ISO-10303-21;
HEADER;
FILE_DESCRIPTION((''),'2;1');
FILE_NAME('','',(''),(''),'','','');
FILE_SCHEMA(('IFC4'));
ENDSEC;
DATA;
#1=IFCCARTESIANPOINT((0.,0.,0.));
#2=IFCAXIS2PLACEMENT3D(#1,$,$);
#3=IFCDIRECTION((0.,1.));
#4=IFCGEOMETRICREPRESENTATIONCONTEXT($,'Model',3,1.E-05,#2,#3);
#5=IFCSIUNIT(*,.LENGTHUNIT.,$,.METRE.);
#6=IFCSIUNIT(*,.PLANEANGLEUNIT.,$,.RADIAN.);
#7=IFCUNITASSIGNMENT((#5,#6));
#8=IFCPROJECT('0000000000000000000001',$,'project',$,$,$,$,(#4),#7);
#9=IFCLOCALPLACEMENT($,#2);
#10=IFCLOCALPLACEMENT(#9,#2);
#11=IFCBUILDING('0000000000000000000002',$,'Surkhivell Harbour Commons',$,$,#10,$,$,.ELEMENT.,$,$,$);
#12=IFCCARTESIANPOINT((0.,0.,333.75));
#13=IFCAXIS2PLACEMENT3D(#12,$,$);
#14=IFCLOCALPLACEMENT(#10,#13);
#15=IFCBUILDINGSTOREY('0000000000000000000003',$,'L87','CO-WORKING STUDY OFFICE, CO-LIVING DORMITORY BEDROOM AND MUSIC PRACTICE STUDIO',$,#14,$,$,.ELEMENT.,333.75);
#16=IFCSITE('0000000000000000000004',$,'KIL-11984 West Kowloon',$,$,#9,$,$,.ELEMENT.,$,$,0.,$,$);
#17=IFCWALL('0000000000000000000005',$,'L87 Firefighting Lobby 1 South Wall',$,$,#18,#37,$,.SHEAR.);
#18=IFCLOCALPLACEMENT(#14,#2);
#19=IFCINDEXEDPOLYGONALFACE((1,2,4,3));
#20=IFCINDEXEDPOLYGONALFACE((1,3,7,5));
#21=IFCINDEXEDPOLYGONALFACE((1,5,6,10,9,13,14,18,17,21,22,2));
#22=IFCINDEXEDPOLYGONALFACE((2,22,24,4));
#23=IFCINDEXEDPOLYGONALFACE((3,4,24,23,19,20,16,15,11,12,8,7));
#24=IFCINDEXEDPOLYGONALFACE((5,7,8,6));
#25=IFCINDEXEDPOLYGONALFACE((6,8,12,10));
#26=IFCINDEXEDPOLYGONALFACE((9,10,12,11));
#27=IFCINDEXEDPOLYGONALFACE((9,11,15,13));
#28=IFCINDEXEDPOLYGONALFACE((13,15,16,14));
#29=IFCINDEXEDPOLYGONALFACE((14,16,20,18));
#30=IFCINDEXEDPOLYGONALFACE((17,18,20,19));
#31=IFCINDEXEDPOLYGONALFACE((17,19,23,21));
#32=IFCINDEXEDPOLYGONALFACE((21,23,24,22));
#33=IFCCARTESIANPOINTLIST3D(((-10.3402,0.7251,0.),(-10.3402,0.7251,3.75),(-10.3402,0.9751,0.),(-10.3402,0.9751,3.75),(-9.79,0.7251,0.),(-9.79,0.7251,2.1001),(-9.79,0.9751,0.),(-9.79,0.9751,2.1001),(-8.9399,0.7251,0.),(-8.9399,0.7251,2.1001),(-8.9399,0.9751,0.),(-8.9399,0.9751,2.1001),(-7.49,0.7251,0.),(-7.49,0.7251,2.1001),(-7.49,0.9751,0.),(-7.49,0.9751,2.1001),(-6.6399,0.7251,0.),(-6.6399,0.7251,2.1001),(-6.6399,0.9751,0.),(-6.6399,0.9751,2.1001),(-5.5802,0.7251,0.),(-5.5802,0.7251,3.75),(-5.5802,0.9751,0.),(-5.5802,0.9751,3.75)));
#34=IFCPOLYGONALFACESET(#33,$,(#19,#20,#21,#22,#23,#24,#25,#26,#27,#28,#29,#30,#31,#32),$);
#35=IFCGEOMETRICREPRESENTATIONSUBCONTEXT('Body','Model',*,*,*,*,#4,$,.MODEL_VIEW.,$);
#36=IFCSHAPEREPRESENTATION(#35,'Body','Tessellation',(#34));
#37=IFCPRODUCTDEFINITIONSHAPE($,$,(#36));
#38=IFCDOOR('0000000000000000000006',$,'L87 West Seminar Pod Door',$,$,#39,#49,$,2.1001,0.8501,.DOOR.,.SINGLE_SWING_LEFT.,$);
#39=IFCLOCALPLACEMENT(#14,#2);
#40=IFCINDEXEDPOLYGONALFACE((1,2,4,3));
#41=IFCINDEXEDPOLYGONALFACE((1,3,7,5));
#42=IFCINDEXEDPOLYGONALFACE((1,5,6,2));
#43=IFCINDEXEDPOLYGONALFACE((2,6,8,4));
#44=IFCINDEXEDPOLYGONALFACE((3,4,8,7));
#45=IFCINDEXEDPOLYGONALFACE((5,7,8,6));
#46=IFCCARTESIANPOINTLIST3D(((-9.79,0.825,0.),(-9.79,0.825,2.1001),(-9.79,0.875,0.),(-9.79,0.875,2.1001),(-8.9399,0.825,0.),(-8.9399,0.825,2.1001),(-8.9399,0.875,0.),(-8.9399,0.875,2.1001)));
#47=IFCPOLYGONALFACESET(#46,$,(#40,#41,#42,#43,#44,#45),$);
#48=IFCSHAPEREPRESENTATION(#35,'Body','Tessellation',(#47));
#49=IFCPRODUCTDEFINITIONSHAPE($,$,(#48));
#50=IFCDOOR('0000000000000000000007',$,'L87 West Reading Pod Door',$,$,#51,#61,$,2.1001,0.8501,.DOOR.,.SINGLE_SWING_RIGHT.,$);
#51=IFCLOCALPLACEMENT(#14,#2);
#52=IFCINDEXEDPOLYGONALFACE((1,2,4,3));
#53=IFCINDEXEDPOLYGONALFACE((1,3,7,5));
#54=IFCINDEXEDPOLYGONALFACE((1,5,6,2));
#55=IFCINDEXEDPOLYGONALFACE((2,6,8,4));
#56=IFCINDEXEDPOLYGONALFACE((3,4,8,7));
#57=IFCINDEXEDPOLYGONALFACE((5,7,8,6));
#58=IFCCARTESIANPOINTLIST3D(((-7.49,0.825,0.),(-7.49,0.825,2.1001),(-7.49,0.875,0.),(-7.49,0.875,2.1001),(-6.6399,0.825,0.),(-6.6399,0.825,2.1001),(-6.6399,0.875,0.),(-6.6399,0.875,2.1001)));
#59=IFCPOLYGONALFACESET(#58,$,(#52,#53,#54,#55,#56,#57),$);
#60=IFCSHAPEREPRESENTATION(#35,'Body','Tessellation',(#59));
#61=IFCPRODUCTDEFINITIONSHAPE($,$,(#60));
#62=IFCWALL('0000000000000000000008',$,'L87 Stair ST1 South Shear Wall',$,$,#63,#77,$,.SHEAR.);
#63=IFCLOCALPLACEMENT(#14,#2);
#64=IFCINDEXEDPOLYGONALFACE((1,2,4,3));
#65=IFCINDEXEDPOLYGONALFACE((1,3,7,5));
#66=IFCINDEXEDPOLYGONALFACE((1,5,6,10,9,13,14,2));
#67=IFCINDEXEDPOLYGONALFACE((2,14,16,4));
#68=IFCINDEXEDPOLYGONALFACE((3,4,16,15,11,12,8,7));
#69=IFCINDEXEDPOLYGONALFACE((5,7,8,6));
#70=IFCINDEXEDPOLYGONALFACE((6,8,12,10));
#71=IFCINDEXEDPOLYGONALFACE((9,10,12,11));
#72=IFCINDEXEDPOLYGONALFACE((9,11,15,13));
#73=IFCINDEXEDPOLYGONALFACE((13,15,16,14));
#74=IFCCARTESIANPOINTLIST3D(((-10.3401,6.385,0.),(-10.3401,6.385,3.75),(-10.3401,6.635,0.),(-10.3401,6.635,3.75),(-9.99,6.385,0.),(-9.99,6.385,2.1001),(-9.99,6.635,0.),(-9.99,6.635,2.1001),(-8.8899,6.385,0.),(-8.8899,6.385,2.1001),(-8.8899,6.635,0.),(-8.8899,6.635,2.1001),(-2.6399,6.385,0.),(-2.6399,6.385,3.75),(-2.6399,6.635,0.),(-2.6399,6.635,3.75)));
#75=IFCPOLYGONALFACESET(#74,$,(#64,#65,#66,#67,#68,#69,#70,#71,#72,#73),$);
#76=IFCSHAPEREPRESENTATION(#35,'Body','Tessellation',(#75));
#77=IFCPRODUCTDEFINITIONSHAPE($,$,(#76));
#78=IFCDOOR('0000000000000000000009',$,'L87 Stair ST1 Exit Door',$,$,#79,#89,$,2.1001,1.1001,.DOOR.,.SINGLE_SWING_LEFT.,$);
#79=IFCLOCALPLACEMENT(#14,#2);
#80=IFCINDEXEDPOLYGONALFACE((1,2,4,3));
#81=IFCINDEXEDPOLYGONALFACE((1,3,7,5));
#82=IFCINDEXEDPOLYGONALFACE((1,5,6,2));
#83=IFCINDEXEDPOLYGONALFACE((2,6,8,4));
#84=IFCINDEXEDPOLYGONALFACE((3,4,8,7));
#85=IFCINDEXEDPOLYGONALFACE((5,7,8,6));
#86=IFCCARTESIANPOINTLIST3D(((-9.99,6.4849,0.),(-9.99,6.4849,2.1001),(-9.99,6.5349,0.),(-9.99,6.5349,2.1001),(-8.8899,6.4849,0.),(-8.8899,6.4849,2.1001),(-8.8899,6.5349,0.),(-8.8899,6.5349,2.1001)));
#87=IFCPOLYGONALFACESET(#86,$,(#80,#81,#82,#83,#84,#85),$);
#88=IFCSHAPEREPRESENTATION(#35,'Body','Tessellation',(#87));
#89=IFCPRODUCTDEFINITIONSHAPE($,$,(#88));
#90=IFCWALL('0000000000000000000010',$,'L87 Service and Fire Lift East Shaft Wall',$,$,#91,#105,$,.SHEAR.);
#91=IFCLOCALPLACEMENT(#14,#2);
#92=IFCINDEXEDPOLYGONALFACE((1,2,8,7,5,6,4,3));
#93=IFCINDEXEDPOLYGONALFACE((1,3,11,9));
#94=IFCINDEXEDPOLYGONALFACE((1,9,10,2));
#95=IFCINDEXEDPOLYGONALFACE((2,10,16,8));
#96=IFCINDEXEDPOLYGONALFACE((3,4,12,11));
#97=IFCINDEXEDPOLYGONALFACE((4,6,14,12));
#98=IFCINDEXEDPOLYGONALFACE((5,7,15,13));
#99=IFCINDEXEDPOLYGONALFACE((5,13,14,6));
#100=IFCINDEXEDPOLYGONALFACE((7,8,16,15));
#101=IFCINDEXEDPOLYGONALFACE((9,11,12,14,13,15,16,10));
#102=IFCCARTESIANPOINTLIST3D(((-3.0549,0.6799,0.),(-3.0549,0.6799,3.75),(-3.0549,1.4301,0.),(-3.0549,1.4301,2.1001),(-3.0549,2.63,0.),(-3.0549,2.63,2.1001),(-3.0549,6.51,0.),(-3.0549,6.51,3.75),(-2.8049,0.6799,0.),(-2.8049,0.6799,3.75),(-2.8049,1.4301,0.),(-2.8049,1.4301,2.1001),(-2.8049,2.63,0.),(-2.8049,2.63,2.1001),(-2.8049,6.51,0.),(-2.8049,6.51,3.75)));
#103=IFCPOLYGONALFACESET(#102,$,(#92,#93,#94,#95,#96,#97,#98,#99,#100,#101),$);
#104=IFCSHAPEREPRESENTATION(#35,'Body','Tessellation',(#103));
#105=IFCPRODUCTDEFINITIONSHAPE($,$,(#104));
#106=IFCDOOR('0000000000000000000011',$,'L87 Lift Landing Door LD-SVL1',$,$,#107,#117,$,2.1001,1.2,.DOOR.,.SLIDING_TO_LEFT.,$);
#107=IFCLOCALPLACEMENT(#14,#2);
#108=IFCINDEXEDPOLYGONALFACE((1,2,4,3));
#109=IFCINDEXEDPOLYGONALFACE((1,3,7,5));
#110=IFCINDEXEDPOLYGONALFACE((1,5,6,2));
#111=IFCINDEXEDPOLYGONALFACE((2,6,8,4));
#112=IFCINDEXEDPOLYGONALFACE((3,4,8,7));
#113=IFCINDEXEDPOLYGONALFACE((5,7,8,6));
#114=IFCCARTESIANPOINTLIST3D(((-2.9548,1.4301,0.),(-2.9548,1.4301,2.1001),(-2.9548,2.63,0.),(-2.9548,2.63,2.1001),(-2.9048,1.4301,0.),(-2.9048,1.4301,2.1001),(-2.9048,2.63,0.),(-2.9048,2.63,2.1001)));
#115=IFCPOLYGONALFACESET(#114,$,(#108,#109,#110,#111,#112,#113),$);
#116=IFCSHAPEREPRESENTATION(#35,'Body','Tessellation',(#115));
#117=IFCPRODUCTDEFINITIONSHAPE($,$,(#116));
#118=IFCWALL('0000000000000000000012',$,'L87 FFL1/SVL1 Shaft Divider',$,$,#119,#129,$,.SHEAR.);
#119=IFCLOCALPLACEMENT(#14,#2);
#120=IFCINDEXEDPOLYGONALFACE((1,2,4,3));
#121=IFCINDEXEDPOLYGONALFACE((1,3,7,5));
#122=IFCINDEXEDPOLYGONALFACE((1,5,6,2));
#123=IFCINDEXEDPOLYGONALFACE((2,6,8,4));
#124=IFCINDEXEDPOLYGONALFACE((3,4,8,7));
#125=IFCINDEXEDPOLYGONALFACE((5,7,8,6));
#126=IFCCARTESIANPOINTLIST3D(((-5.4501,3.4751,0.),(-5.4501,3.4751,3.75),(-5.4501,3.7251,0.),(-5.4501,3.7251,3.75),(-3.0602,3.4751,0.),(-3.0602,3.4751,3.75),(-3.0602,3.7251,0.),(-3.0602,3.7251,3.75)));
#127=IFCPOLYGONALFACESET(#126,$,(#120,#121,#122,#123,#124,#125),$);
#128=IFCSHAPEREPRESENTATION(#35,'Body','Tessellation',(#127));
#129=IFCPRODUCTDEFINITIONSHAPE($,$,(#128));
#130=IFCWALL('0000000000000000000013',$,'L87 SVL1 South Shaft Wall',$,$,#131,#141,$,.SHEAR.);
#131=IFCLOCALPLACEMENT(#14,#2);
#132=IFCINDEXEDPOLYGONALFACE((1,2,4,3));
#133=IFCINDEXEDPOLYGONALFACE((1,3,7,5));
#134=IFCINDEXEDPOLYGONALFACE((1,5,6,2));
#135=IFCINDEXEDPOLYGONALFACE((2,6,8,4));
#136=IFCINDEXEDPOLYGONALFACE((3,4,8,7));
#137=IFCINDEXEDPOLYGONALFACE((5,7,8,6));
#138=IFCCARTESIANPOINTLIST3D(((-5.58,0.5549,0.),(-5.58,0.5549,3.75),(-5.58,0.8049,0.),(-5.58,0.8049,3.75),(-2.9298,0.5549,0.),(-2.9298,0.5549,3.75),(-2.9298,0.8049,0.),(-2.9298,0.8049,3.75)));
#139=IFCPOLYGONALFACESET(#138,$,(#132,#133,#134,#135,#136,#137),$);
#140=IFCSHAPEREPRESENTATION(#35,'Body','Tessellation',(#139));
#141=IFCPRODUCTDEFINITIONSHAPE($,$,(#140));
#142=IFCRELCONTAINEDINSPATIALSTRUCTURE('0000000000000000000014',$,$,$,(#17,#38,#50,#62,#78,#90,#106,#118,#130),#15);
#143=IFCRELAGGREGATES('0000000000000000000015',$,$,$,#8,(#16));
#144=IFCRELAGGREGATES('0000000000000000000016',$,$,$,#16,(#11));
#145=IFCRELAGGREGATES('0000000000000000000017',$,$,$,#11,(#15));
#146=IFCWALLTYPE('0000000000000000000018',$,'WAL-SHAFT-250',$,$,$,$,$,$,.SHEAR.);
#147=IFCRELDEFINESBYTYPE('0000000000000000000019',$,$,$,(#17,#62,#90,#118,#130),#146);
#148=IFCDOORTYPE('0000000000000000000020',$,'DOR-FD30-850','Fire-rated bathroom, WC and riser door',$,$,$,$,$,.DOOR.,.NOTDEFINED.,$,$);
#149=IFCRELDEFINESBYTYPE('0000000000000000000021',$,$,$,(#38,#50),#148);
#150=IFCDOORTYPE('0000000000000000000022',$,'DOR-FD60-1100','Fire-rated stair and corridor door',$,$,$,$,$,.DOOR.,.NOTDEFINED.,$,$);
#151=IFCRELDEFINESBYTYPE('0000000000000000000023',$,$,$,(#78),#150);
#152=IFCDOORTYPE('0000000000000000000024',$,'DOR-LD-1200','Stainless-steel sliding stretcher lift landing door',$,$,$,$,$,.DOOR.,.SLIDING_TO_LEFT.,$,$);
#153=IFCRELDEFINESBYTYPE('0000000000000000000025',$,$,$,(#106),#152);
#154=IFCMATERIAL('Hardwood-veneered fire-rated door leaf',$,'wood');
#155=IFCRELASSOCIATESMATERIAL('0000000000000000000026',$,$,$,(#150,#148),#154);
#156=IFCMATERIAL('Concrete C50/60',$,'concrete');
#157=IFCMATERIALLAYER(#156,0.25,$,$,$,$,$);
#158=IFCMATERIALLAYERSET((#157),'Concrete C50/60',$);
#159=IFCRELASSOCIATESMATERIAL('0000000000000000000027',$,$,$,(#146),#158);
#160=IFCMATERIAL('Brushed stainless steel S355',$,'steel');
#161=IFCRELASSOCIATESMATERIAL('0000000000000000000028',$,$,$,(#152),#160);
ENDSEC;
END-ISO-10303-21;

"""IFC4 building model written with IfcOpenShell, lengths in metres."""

from ifc_helpers import new_model, si_unit, direction, frame, frame_2d, origin, place, context, subcontext, project, spatial, rectangle, extrude, material, layer, layer_set, type_object, element, fill, save


model = new_model("IFC4")

# Units and contexts
model_context = context("Model", 3, precision=1e-05, world=origin(), true_north=direction((0.0, 1.0)))
body_context = subcontext(model_context, "Body", "Model", "MODEL_VIEW")
ifc_project = project(units=[si_unit("LENGTHUNIT", "METRE"), si_unit("PLANEANGLEUNIT", "RADIAN")], contexts=[model_context])

# Site, building, storey
site_placement = place(None, origin())
site = spatial("IfcSite", under=ifc_project, at=site_placement, Name="KIL-11984 West Kowloon", CompositionType="ELEMENT", RefElevation=0.0)
building_placement = place(site_placement, origin())
building = spatial("IfcBuilding", under=site, at=building_placement, Name="Surkhivell Harbour Commons", CompositionType="ELEMENT")
storey_placement = place(building_placement, frame((0.0, 0.0, 333.75)))
storey = spatial("IfcBuildingStorey", under=building, at=storey_placement, Name="L87", Description="CO-WORKING STUDY OFFICE, CO-LIVING DORMITORY BEDROOM AND MUSIC PRACTICE STUDIO", CompositionType="ELEMENT", Elevation=333.75)

# Shared definitions
ifc_material_1 = material(Name="Concrete C50/60", Category="concrete")

# Shared definitions
ifc_material_2 = material(Name="Hardwood-veneered fire-rated door leaf", Category="wood")
door_type_1 = type_object("IfcDoorType", Name="DOR-FD60-1100", Description="Fire-rated stair and corridor door", OperationType="NOTDEFINED", PredefinedType="DOOR", material=ifc_material_2)

# Shared definitions
ifc_layer_1 = layer(ifc_material_1, 0.25)
ifc_layer_set_1 = layer_set([ifc_layer_1], Name="Concrete C50/60")
wall_type_1 = type_object("IfcWallType", Name="WAL-SHAFT-250", PredefinedType="SHEAR", material=ifc_layer_set_1)
ifc_material_3 = material(Name="Brushed stainless steel S355", Category="steel")

# Wall, openings, doors
wall_1_placement = place(storey_placement, frame((-10.3401, 0.8501, 0.0), z_axis=(0.0, 0.0, 1.0), x_axis=(1.0, 0.0, 0.0)))
wall_1 = element("IfcWall", 1, at=wall_1_placement, inside=storey, type_object=wall_type_1, Name="L87 Firefighting Lobby 1 South Wall", PredefinedType="SHEAR", context=body_context, shape_type="SweptSolid", body=[
    extrude(rectangle(XDim=4.76, YDim=0.25, at=frame_2d((2.3799, 0.0))), origin(), (0.0, 0.0, 1.0), 3.75),
])
opening_1_placement = place(wall_1_placement, frame((0.55, 0.0, 0.0)))
opening_1 = element("IfcOpeningElement", 2, at=opening_1_placement, cuts=wall_1, PredefinedType="OPENING", context=body_context, shape_type="SweptSolid", body=[
    extrude(rectangle(XDim=0.8501, YDim=2.1001, at=frame_2d((0.425, 1.05))), frame((0.0, 0.135, 0.0), z_axis=(0.0, -1.0, 0.0), x_axis=(1.0, 0.0, 0.0)), (0.0, 0.0, 1.0), 0.27),
])
opening_2_placement = place(wall_1_placement, frame((2.8501, 0.0, 0.0)))
opening_2 = element("IfcOpeningElement", 3, at=opening_2_placement, cuts=wall_1, PredefinedType="OPENING", context=body_context, shape_type="SweptSolid", body=[
    extrude(rectangle(XDim=0.8501, YDim=2.1001, at=frame_2d((0.425, 1.05))), frame((0.0, 0.135, 0.0), z_axis=(0.0, -1.0, 0.0), x_axis=(1.0, 0.0, 0.0)), (0.0, 0.0, 1.0), 0.27),
])
door_type_2 = type_object("IfcDoorType", Name="DOR-FD30-850", Description="Fire-rated bathroom, WC and riser door", OperationType="NOTDEFINED", PredefinedType="DOOR", material=ifc_material_2)
door_1_placement = place(opening_1_placement, origin())
door_1 = element("IfcDoor", 4, at=door_1_placement, inside=storey, type_object=door_type_2, Name="L87 West Seminar Pod Door", OperationType="SINGLE_SWING_LEFT", OverallHeight=2.1001, OverallWidth=0.8501, PredefinedType="DOOR", context=body_context, shape_type="SweptSolid", body=[
    extrude(rectangle(XDim=0.8501, YDim=2.1001, at=frame_2d((0.425, 1.05))), frame((0.0, 0.0249, 0.0), z_axis=(0.0, -1.0, 0.0), x_axis=(1.0, 0.0, 0.0)), (0.0, 0.0, 1.0), 0.05),
])
fill(opening_1, door_1)
door_2_placement = place(opening_2_placement, origin())
door_2 = element("IfcDoor", 5, at=door_2_placement, inside=storey, type_object=door_type_2, Name="L87 West Reading Pod Door", OperationType="SINGLE_SWING_RIGHT", OverallHeight=2.1001, OverallWidth=0.8501, PredefinedType="DOOR", context=body_context, shape_type="SweptSolid", body=[
    extrude(rectangle(XDim=0.8501, YDim=2.1001, at=frame_2d((0.425, 1.05))), frame((0.0, 0.0249, 0.0), z_axis=(0.0, -1.0, 0.0), x_axis=(1.0, 0.0, 0.0)), (0.0, 0.0, 1.0), 0.05),
])
fill(opening_2, door_2)

# Walls, openings, doors
wall_2_placement = place(storey_placement, frame((-10.3401, 6.51, 0.0), z_axis=(0.0, 0.0, 1.0), x_axis=(1.0, 0.0, 0.0)))
wall_2 = element("IfcWall", 6, at=wall_2_placement, inside=storey, type_object=wall_type_1, Name="L87 Stair ST1 South Shear Wall", PredefinedType="SHEAR", context=body_context, shape_type="SweptSolid", body=[
    extrude(rectangle(XDim=7.7002, YDim=0.25, at=frame_2d((3.8501, 0.0))), origin(), (0.0, 0.0, 1.0), 3.75),
])
opening_3_placement = place(wall_2_placement, frame((0.3501, 0.0, 0.0)))
opening_3 = element("IfcOpeningElement", 7, at=opening_3_placement, cuts=wall_2, PredefinedType="OPENING", context=body_context, shape_type="SweptSolid", body=[
    extrude(rectangle(XDim=1.1001, YDim=2.1001, at=frame_2d((0.55, 1.05))), frame((0.0, 0.135, 0.0), z_axis=(0.0, -1.0, 0.0), x_axis=(1.0, 0.0, 0.0)), (0.0, 0.0, 1.0), 0.27),
])
door_3_placement = place(opening_3_placement, origin())
door_3 = element("IfcDoor", 8, at=door_3_placement, inside=storey, type_object=door_type_1, Name="L87 Stair ST1 Exit Door", OperationType="SINGLE_SWING_LEFT", OverallHeight=2.1001, OverallWidth=1.1001, PredefinedType="DOOR", context=body_context, shape_type="SweptSolid", body=[
    extrude(rectangle(XDim=1.1001, YDim=2.1001, at=frame_2d((0.55, 1.05))), frame((0.0, 0.0249, 0.0), z_axis=(0.0, -1.0, 0.0), x_axis=(1.0, 0.0, 0.0)), (0.0, 0.0, 1.0), 0.05),
])
fill(opening_3, door_3)
wall_3_placement = place(storey_placement, frame((-2.9299, 0.6799, 0.0), z_axis=(0.0, 0.0, 1.0), x_axis=(0.0, 1.0, 0.0)))
wall_3 = element("IfcWall", 9, at=wall_3_placement, inside=storey, type_object=wall_type_1, Name="L87 Service and Fire Lift East Shaft Wall", PredefinedType="SHEAR", context=body_context, shape_type="SweptSolid", body=[
    extrude(rectangle(XDim=5.8301, YDim=0.25, at=frame_2d((2.915, 0.0))), origin(), (0.0, 0.0, 1.0), 3.75),
])
opening_4_placement = place(wall_3_placement, frame((0.75, 0.0, 0.0)))
opening_4 = element("IfcOpeningElement", 10, at=opening_4_placement, cuts=wall_3, PredefinedType="OPENING", context=body_context, shape_type="SweptSolid", body=[
    extrude(rectangle(XDim=1.2, YDim=2.1001, at=frame_2d((0.6001, 1.05))), frame((0.0, 0.135, 0.0), z_axis=(0.0, -1.0, 0.0), x_axis=(1.0, 0.0, 0.0)), (0.0, 0.0, 1.0), 0.27),
])
door_type_3 = type_object("IfcDoorType", Name="DOR-LD-1200", Description="Stainless-steel sliding stretcher lift landing door", OperationType="SLIDING_TO_LEFT", PredefinedType="DOOR", material=ifc_material_3)
door_4_placement = place(opening_4_placement, origin())
door_4 = element("IfcDoor", 11, at=door_4_placement, inside=storey, type_object=door_type_3, Name="L87 Lift Landing Door LD-SVL1", OperationType="SLIDING_TO_LEFT", OverallHeight=2.1001, OverallWidth=1.2, PredefinedType="DOOR", context=body_context, shape_type="SweptSolid", body=[
    extrude(rectangle(XDim=1.2, YDim=2.1001, at=frame_2d((0.6001, 1.05))), frame((0.0, 0.0249, 0.0), z_axis=(0.0, -1.0, 0.0), x_axis=(1.0, 0.0, 0.0)), (0.0, 0.0, 1.0), 0.05),
])
fill(opening_4, door_4)

# Walls
wall_4_placement = place(storey_placement, frame((-5.45, 3.6001, 0.0), z_axis=(0.0, 0.0, 1.0), x_axis=(1.0, 0.0, 0.0)))
element("IfcWall", 12, at=wall_4_placement, inside=storey, type_object=wall_type_1, Name="L87 FFL1/SVL1 Shaft Divider", PredefinedType="SHEAR", context=body_context, shape_type="SweptSolid", body=[
    extrude(rectangle(XDim=2.3899, YDim=0.25, at=frame_2d((1.1948, 0.0))), origin(), (0.0, 0.0, 1.0), 3.75),
])
wall_5_placement = place(storey_placement, frame((-5.5801, 0.6799, 0.0), z_axis=(0.0, 0.0, 1.0), x_axis=(1.0, 0.0, 0.0)))
element("IfcWall", 13, at=wall_5_placement, inside=storey, type_object=wall_type_1, Name="L87 SVL1 South Shaft Wall", PredefinedType="SHEAR", context=body_context, shape_type="SweptSolid", body=[
    extrude(rectangle(XDim=2.6501, YDim=0.25, at=frame_2d((1.3252, 0.0))), origin(), (0.0, 0.0, 1.0), 3.75),
])

save(model, "model.ifc")
